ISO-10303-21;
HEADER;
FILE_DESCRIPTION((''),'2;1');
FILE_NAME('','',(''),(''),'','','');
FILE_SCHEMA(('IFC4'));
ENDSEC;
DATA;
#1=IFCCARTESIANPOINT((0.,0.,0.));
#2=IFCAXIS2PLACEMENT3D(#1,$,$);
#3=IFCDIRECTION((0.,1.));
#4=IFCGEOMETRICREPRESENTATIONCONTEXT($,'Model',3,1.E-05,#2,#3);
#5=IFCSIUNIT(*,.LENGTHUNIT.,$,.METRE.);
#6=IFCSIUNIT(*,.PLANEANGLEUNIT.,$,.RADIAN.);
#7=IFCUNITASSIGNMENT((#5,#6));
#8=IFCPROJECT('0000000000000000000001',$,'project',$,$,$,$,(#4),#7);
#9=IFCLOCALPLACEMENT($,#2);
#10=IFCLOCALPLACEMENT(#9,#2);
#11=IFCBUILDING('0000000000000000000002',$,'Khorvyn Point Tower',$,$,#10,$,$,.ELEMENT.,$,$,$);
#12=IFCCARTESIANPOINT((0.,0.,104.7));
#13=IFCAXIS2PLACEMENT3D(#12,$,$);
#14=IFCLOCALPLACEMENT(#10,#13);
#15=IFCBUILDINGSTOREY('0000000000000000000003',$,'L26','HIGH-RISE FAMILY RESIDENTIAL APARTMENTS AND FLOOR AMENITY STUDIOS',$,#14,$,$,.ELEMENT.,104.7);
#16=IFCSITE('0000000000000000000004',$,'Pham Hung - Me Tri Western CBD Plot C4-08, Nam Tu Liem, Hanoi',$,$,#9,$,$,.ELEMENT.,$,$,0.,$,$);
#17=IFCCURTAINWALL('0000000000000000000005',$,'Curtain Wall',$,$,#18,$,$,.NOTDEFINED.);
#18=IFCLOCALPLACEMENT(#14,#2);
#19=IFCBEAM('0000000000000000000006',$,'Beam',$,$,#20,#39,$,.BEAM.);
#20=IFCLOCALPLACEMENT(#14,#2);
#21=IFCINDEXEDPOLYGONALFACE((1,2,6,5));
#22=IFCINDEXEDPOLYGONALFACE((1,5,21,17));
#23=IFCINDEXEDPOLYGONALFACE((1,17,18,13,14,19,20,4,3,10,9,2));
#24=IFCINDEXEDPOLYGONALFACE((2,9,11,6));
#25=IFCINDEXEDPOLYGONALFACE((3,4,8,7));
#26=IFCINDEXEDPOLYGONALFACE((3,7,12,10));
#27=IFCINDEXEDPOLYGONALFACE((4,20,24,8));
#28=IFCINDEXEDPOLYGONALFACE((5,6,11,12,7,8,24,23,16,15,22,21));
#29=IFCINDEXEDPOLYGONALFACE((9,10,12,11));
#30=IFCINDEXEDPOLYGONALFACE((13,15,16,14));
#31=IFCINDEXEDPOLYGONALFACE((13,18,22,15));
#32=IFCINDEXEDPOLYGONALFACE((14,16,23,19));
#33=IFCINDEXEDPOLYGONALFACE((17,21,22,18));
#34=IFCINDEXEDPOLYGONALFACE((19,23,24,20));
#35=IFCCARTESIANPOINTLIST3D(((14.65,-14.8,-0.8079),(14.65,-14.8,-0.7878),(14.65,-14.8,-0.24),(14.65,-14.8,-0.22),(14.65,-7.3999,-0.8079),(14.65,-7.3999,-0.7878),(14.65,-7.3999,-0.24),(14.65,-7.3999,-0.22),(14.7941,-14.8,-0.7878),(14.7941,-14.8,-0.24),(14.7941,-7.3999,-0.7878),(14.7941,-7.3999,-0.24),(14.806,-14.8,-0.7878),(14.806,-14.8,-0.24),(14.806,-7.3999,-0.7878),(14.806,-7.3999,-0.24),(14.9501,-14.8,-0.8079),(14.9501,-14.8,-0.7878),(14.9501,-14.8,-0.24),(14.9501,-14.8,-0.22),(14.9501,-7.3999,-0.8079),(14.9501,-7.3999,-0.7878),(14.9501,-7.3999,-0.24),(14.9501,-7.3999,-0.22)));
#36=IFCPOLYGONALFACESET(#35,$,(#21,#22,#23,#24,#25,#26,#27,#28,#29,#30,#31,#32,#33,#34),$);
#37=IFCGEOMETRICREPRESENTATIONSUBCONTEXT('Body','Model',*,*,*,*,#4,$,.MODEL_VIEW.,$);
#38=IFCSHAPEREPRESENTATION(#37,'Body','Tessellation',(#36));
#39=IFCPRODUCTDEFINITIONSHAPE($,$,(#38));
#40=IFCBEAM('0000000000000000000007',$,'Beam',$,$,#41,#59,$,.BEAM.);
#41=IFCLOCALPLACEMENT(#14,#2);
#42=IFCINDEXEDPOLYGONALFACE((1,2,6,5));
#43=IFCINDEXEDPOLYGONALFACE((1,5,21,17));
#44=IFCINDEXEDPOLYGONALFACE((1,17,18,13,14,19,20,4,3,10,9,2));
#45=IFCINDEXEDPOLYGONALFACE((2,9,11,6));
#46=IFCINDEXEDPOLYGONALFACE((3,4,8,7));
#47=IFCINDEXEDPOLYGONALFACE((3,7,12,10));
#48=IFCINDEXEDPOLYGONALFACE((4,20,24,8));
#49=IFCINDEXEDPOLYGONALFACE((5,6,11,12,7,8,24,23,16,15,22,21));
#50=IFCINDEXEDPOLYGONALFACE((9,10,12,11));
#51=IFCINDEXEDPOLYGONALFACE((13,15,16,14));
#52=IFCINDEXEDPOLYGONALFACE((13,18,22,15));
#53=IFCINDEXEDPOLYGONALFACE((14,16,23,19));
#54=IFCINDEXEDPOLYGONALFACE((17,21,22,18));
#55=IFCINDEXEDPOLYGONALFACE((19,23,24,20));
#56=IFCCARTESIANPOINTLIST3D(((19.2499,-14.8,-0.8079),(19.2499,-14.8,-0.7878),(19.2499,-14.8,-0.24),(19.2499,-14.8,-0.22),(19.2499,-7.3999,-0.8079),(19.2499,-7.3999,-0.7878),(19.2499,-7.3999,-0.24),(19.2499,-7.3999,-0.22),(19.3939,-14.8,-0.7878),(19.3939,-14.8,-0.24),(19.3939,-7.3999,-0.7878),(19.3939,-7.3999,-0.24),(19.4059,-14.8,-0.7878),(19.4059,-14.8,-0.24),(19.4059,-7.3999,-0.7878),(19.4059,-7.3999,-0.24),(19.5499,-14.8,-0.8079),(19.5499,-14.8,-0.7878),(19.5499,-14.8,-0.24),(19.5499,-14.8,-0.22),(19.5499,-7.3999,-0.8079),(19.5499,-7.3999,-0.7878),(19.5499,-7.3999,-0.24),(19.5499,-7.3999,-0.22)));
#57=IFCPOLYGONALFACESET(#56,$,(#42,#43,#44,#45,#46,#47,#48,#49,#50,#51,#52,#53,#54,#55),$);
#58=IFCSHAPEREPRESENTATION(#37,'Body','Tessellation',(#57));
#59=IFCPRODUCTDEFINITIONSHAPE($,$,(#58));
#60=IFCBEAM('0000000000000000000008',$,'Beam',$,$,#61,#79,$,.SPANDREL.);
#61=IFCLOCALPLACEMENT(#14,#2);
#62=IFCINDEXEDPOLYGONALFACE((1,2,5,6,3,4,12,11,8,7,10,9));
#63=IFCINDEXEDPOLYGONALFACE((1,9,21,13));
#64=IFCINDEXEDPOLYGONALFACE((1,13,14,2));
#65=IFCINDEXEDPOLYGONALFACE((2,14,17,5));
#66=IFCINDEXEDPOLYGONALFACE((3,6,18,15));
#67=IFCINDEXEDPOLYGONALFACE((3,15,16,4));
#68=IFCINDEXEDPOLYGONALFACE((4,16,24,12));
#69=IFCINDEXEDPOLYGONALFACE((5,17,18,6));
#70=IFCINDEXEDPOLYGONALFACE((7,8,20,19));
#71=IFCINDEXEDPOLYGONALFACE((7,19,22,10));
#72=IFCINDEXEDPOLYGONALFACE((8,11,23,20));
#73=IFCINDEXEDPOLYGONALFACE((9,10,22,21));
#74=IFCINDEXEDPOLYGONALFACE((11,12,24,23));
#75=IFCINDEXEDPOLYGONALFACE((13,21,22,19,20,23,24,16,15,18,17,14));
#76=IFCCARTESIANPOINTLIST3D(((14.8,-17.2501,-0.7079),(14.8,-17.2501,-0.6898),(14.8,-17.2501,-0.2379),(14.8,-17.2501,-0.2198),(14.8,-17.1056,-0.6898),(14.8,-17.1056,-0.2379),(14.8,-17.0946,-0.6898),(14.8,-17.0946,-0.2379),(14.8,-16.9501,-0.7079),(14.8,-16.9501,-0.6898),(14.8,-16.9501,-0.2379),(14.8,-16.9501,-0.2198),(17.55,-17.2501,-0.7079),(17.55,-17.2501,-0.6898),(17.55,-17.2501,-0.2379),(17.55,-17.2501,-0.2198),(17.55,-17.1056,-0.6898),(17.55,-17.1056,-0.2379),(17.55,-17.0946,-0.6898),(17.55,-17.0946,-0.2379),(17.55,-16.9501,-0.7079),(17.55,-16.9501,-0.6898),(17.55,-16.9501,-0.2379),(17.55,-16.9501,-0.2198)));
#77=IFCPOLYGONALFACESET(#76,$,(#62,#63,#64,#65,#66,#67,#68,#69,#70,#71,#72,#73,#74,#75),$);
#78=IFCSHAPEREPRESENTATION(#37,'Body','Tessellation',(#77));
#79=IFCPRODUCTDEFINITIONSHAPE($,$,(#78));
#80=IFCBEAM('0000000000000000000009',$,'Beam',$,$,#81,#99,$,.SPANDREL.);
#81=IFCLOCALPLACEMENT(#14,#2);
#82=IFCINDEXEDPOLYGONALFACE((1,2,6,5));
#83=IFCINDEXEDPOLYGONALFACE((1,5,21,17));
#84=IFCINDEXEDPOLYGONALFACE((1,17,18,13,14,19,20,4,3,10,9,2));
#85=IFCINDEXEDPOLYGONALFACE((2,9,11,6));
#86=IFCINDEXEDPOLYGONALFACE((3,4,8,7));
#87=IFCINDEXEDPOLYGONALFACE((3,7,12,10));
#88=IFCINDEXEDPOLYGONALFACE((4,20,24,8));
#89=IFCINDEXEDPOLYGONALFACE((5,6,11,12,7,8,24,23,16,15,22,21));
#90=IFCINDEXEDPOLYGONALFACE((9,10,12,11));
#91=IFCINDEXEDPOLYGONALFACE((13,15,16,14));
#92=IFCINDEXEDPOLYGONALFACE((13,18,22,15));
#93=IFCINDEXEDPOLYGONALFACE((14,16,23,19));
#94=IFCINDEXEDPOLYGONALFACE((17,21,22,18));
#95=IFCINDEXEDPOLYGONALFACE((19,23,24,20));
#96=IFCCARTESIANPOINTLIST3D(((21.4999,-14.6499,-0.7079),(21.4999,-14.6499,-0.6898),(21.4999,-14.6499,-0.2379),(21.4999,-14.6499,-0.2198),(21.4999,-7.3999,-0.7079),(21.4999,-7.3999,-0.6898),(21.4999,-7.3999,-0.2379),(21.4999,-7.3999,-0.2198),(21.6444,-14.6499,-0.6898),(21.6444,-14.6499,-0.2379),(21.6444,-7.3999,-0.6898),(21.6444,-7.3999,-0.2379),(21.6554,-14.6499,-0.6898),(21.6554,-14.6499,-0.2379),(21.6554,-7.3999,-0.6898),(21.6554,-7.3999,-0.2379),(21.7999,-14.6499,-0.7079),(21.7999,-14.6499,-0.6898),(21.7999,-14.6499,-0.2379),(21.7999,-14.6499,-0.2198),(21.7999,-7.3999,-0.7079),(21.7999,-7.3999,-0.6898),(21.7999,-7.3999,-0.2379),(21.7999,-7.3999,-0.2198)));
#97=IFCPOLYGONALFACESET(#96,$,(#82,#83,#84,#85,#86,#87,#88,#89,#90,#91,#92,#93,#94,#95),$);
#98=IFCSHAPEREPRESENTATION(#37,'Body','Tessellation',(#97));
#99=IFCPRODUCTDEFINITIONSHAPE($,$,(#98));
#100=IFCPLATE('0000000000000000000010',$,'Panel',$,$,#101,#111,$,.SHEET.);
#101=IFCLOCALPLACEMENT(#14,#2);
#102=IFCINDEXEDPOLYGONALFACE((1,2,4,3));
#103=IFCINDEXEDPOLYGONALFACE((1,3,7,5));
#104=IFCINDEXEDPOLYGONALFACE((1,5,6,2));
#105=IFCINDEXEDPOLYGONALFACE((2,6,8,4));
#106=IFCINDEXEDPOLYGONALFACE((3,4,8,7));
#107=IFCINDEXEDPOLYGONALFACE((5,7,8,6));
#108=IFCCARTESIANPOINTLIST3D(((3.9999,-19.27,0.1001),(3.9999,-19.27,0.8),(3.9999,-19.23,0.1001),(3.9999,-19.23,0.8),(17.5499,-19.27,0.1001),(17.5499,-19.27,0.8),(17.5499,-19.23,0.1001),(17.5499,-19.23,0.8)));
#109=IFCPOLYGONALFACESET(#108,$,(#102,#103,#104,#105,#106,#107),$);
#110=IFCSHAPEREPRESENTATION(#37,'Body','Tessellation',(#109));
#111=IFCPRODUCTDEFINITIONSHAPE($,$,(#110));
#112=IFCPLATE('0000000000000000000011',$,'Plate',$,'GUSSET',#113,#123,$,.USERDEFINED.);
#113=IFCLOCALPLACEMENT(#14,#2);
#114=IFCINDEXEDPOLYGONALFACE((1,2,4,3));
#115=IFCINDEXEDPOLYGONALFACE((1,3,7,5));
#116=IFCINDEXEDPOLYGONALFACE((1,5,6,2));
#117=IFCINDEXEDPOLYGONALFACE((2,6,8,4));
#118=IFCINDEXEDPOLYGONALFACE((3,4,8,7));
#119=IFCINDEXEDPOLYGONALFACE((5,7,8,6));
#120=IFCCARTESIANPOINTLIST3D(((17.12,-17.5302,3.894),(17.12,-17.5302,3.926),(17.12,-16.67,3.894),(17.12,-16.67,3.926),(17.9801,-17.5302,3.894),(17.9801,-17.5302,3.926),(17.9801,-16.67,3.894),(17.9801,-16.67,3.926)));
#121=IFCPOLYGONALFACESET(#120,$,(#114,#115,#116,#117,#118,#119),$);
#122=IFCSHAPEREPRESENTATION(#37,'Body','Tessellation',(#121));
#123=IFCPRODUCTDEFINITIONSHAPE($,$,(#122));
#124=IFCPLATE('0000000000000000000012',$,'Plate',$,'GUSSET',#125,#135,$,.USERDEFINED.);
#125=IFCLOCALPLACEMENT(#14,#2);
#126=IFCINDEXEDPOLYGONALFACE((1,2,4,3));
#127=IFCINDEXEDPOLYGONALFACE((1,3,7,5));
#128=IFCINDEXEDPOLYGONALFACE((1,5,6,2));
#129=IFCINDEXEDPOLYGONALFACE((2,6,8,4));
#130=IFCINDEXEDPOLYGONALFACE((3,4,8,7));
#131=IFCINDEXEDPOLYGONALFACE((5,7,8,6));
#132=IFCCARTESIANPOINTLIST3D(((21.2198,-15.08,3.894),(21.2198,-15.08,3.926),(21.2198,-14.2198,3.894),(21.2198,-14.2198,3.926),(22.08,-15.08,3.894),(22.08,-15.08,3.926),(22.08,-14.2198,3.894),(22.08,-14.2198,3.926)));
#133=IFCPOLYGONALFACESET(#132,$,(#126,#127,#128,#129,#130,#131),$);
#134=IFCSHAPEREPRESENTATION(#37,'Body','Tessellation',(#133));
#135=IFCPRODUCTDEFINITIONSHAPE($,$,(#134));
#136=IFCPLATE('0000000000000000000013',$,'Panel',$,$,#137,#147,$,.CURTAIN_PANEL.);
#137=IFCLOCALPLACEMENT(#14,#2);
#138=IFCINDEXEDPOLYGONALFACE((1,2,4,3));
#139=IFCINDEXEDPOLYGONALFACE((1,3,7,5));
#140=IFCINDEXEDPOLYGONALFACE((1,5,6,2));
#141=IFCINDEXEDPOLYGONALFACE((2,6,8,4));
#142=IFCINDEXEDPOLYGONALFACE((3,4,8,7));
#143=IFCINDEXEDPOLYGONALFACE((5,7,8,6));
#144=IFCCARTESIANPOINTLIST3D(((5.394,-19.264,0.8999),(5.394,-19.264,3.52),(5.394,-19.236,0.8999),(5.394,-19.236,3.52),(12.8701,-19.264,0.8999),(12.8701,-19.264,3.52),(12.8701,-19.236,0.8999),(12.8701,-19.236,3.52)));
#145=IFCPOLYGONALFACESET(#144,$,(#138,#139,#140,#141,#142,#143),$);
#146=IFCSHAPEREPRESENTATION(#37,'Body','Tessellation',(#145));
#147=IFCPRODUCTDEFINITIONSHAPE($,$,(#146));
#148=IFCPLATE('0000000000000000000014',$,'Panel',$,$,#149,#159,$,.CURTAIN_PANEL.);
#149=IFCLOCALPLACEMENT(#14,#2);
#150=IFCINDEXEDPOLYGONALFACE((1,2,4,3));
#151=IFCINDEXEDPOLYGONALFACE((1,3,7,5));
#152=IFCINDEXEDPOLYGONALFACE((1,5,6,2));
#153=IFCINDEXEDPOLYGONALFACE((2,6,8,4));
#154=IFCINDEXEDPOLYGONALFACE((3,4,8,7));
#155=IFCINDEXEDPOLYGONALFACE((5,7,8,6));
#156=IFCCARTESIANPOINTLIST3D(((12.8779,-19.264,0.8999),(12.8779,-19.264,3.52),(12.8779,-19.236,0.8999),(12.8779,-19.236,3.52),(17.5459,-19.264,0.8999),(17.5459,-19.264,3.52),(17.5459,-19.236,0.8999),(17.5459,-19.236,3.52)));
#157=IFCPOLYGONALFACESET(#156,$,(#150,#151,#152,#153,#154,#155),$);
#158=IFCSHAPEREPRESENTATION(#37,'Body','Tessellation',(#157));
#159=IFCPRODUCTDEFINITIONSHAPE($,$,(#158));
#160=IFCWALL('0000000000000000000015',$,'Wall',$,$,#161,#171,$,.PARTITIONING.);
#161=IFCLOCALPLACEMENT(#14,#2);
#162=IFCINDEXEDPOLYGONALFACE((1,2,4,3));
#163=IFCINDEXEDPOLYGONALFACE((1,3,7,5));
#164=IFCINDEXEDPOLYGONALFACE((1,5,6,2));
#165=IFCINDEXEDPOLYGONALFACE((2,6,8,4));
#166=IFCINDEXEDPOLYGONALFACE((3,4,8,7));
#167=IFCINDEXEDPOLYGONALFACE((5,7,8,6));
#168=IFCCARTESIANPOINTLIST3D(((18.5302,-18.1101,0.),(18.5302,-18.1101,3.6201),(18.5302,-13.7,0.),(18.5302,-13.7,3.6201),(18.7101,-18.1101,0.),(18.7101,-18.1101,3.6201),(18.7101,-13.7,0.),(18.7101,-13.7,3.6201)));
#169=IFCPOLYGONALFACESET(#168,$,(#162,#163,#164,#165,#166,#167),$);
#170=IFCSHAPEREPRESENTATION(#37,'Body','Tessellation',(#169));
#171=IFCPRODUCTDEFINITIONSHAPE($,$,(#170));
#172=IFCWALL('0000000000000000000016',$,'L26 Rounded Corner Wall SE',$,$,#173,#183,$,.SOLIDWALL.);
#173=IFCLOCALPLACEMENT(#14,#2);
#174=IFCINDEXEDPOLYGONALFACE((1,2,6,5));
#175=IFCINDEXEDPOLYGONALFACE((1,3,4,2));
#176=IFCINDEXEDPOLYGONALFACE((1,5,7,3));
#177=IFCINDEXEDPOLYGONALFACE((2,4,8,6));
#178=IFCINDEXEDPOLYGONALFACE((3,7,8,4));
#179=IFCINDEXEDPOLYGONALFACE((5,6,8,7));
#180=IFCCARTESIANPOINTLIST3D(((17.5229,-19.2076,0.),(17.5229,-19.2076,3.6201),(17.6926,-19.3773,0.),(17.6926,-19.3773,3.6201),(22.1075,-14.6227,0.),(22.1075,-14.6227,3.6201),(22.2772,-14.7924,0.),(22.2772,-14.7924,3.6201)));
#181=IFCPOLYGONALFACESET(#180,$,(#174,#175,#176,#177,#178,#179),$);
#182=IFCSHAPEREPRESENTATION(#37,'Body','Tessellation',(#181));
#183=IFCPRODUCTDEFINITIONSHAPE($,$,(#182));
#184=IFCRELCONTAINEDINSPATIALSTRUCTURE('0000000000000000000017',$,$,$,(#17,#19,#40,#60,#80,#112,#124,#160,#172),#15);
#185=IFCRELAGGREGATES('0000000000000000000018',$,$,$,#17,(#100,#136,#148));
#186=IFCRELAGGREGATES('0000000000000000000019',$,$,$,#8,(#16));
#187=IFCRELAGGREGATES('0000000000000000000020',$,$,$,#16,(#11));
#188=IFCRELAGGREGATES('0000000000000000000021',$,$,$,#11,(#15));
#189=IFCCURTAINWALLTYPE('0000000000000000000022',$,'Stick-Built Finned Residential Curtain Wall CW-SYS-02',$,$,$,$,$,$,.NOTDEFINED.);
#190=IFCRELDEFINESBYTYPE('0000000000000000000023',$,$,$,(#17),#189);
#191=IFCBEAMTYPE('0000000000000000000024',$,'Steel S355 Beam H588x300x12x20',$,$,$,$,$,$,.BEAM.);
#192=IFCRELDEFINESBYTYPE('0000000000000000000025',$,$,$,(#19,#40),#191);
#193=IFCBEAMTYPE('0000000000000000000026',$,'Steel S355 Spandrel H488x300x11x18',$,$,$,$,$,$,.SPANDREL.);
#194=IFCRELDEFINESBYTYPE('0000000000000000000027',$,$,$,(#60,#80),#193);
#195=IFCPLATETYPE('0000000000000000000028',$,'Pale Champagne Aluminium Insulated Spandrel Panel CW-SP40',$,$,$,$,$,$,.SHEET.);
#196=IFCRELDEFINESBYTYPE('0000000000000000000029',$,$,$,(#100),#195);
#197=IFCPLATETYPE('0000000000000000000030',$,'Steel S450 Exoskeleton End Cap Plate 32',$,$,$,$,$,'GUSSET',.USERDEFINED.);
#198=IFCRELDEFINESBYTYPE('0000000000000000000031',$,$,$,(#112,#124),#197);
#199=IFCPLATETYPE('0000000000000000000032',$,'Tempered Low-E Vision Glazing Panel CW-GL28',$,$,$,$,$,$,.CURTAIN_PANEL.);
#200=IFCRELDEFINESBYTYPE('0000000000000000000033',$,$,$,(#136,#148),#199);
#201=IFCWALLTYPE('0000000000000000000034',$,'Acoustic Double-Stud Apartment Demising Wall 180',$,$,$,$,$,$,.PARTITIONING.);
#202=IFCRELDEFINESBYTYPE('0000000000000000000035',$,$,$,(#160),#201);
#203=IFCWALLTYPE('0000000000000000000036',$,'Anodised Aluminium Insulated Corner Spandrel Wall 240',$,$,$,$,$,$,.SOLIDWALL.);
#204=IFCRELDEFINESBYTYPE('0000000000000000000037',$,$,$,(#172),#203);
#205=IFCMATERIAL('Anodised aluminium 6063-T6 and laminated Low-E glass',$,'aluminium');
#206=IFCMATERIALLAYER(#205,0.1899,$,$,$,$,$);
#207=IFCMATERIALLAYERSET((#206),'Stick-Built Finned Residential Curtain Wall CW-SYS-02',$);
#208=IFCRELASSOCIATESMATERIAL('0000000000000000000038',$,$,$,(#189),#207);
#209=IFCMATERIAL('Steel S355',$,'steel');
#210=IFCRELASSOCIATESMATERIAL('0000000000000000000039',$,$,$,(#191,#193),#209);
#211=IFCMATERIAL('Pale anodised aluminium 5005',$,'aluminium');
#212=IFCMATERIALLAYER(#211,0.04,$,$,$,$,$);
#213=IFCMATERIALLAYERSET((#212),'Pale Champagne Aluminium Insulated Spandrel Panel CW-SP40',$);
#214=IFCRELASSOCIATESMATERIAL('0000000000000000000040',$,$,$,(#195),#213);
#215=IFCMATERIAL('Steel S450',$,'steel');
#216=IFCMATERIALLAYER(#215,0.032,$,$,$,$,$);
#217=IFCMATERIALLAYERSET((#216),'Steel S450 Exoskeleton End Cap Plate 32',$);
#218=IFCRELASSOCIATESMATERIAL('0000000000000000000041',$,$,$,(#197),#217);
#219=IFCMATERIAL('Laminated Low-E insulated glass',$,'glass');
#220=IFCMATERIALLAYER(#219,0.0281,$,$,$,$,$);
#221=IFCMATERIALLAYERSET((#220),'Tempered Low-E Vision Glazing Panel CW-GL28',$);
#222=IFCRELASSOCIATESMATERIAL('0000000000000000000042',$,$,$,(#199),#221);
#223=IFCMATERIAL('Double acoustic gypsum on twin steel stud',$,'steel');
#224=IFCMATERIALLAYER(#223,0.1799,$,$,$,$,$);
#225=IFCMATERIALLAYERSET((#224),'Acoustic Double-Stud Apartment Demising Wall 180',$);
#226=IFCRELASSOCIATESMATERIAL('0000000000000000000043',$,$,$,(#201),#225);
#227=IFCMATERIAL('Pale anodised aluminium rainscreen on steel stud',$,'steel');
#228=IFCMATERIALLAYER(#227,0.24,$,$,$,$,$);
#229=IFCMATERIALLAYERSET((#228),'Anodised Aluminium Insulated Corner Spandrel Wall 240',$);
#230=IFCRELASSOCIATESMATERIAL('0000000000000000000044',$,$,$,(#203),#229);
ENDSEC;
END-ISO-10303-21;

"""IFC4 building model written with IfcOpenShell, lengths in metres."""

from ifc_helpers import new_model, si_unit, direction, frame, frame_2d, origin, origin_2d, place, context, subcontext, project, spatial, rectangle, i_section, extrude, material, layer, layer_set, material_profile, profile_set, type_object, element, aggregate, save


model = new_model("IFC4")

# Units and contexts
model_context = context("Model", 3, precision=1e-05, world=origin(), true_north=direction((0.0, 1.0)))
body_context = subcontext(model_context, "Body", "Model", "MODEL_VIEW")
ifc_project = project(units=[si_unit("LENGTHUNIT", "METRE"), si_unit("PLANEANGLEUNIT", "RADIAN")], contexts=[model_context])

# Site, building, storey
site_placement = place(None, origin())
site = spatial("IfcSite", under=ifc_project, at=site_placement, Name="Pham Hung - Me Tri Western CBD Plot C4-08, Nam Tu Liem, Hanoi", CompositionType="ELEMENT", RefElevation=0.0)
building_placement = place(site_placement, origin())
building = spatial("IfcBuilding", under=site, at=building_placement, Name="Khorvyn Point Tower", CompositionType="ELEMENT")
storey_placement = place(building_placement, frame((0.0, 0.0, 104.7)))
storey = spatial("IfcBuildingStorey", under=building, at=storey_placement, Name="L26", Description="HIGH-RISE FAMILY RESIDENTIAL APARTMENTS AND FLOOR AMENITY STUDIOS", CompositionType="ELEMENT", Elevation=104.7)

# Shared definitions
ifc_material_1 = material(Name="Steel S450", Category="steel")

# Curtain wall
ifc_material_2 = material(Name="Anodised aluminium 6063-T6 and laminated Low-E glass", Category="aluminium")
ifc_layer_1 = layer(ifc_material_2, 0.1899)
ifc_layer_set_1 = layer_set([ifc_layer_1], Name="Stick-Built Finned Residential Curtain Wall CW-SYS-02")
curtain_wall_type = type_object("IfcCurtainWallType", Name="Stick-Built Finned Residential Curtain Wall CW-SYS-02", PredefinedType="NOTDEFINED", material=ifc_layer_set_1)
curtain_wall_1_placement = place(storey_placement, origin())
curtain_wall_1 = element("IfcCurtainWall", 1, at=curtain_wall_1_placement, inside=storey, type_object=curtain_wall_type, Name="Curtain Wall", PredefinedType="NOTDEFINED")

# Beams
ifc_material_3 = material(Name="Steel S355", Category="steel")
ifc_material_profile_1 = material_profile(ifc_material_3, i_section(OverallWidth=0.3, OverallDepth=0.5879, WebThickness=0.012, FlangeThickness=0.02, at=origin_2d()))
ifc_profile_set_1 = profile_set([ifc_material_profile_1], Name="Steel S355 H588x300x12x20")
beam_type_1 = type_object("IfcBeamType", Name="Steel S355 Beam H588x300x12x20", PredefinedType="BEAM", material=ifc_profile_set_1)
for number, where, z_axis, x_axis, name in (
    (2, (14.8, -14.8, -0.5139), (0.0, 1.0, 0.0), (-1.0, 0.0, 0.0), "Beam"),
    (3, (19.3999, -14.8, -0.5139), (0.0, 1.0, 0.0), (-1.0, 0.0, 0.0), "Beam"),
):
    element("IfcBeam", number, at=place(storey_placement, frame(where, z_axis=z_axis, x_axis=x_axis)), inside=storey, type_object=beam_type_1, Name=name, PredefinedType="BEAM", context=body_context, shape_type="SweptSolid", body=[
        extrude(i_section(OverallWidth=0.3, OverallDepth=0.5879, WebThickness=0.012, FlangeThickness=0.02, at=origin_2d()), origin(), (0.0, 0.0, 1.0), 7.4001),
    ])
ifc_material_profile_2 = material_profile(ifc_material_3, i_section(OverallWidth=0.3, OverallDepth=0.488, WebThickness=0.011, FlangeThickness=0.0181, at=origin_2d()))
ifc_profile_set_2 = profile_set([ifc_material_profile_2], Name="Steel S355 H488x300x11x18")
beam_type_2 = type_object("IfcBeamType", Name="Steel S355 Spandrel H488x300x11x18", PredefinedType="SPANDREL", material=ifc_profile_set_2)
beam_1_placement = place(storey_placement, frame((14.8, -17.1001, -0.4639), z_axis=(1.0, 0.0, 0.0), x_axis=(0.0, 1.0, 0.0)))
element("IfcBeam", 4, at=beam_1_placement, inside=storey, type_object=beam_type_2, Name="Beam", PredefinedType="SPANDREL", context=body_context, shape_type="SweptSolid", body=[
    extrude(i_section(OverallWidth=0.3, OverallDepth=0.488, WebThickness=0.011, FlangeThickness=0.0181, at=origin_2d()), origin(), (0.0, 0.0, 1.0), 2.75),
])
beam_2_placement = place(storey_placement, frame((21.6499, -14.6499, -0.4639), z_axis=(0.0, 1.0, 0.0), x_axis=(-1.0, 0.0, 0.0)))
element("IfcBeam", 5, at=beam_2_placement, inside=storey, type_object=beam_type_2, Name="Beam", PredefinedType="SPANDREL", context=body_context, shape_type="SweptSolid", body=[
    extrude(i_section(OverallWidth=0.3, OverallDepth=0.488, WebThickness=0.011, FlangeThickness=0.0181, at=origin_2d()), origin(), (0.0, 0.0, 1.0), 7.25),
])

# Plate
ifc_material_4 = material(Name="Pale anodised aluminium 5005", Category="aluminium")
ifc_layer_2 = layer(ifc_material_4, 0.04)
ifc_layer_set_2 = layer_set([ifc_layer_2], Name="Pale Champagne Aluminium Insulated Spandrel Panel CW-SP40")
plate_type_1 = type_object("IfcPlateType", Name="Pale Champagne Aluminium Insulated Spandrel Panel CW-SP40", PredefinedType="SHEET", material=ifc_layer_set_2)
plate_1_placement = place(storey_placement, frame((10.7749, -19.25, 0.1001), z_axis=(0.0, 0.0, 1.0), x_axis=(-1.0, 0.0, 0.0)))
plate_1 = element("IfcPlate", 6, at=plate_1_placement, type_object=plate_type_1, Name="Panel", PredefinedType="SHEET", context=body_context, shape_type="SweptSolid", body=[
    extrude(rectangle(XDim=13.55, YDim=0.04, at=origin_2d()), origin(), (0.0, 0.0, 1.0), 0.7),
])

# Plates
ifc_layer_3 = layer(ifc_material_1, 0.032)
ifc_layer_set_3 = layer_set([ifc_layer_3], Name="Steel S450 Exoskeleton End Cap Plate 32")
plate_type_2 = type_object("IfcPlateType", Name="Steel S450 Exoskeleton End Cap Plate 32", ElementType="GUSSET", PredefinedType="USERDEFINED", material=ifc_layer_set_3)
for number, where, z_axis, x_axis, name in (
    (7, (17.55, -17.1001, 3.894), (0.0, 0.0, 1.0), (1.0, 0.0, 0.0), "Plate"),
    (8, (21.6499, -14.6499, 3.894), (0.0, 0.0, 1.0), (1.0, 0.0, 0.0), "Plate"),
):
    element("IfcPlate", number, at=place(storey_placement, frame(where, z_axis=z_axis, x_axis=x_axis)), inside=storey, type_object=plate_type_2, Name=name, ObjectType="GUSSET", PredefinedType="USERDEFINED", context=body_context, shape_type="SweptSolid", body=[
        extrude(rectangle(XDim=0.8601, YDim=0.8601, at=origin_2d()), origin(), (0.0, 0.0, 1.0), 0.032),
    ])

# Plates
ifc_material_5 = material(Name="Laminated Low-E insulated glass", Category="glass")
ifc_layer_4 = layer(ifc_material_5, 0.0281)
ifc_layer_set_4 = layer_set([ifc_layer_4], Name="Tempered Low-E Vision Glazing Panel CW-GL28")
plate_type_3 = type_object("IfcPlateType", Name="Tempered Low-E Vision Glazing Panel CW-GL28", PredefinedType="CURTAIN_PANEL", material=ifc_layer_set_4)
plate_2_placement = place(storey_placement, frame((9.1321, -19.25, 0.8999), z_axis=(0.0, 0.0, 1.0), x_axis=(-1.0, 0.0, 0.0)))
plate_2 = element("IfcPlate", 9, at=plate_2_placement, type_object=plate_type_3, Name="Panel", PredefinedType="CURTAIN_PANEL", context=body_context, shape_type="SweptSolid", body=[
    extrude(rectangle(XDim=7.4761, YDim=0.0281, at=origin_2d()), origin(), (0.0, 0.0, 1.0), 2.6201),
])
plate_3_placement = place(storey_placement, frame((15.2119, -19.25, 0.8999), z_axis=(0.0, 0.0, 1.0), x_axis=(-1.0, 0.0, 0.0)))
plate_3 = element("IfcPlate", 10, at=plate_3_placement, type_object=plate_type_3, Name="Panel", PredefinedType="CURTAIN_PANEL", context=body_context, shape_type="SweptSolid", body=[
    extrude(rectangle(XDim=4.668, YDim=0.0281, at=origin_2d()), origin(), (0.0, 0.0, 1.0), 2.6201),
])
aggregate(curtain_wall_1, [plate_1, plate_2, plate_3])

# Walls
ifc_material_6 = material(Name="Double acoustic gypsum on twin steel stud", Category="steel")
ifc_layer_5 = layer(ifc_material_6, 0.1799)
ifc_layer_set_5 = layer_set([ifc_layer_5], Name="Acoustic Double-Stud Apartment Demising Wall 180")
wall_type_1 = type_object("IfcWallType", Name="Acoustic Double-Stud Apartment Demising Wall 180", PredefinedType="PARTITIONING", material=ifc_layer_set_5)
wall_1_placement = place(storey_placement, frame((18.6201, -18.1101, 0.0), z_axis=(0.0, 0.0, 1.0), x_axis=(0.0, 1.0, 0.0)))
element("IfcWall", 11, at=wall_1_placement, inside=storey, type_object=wall_type_1, Name="Wall", PredefinedType="PARTITIONING", context=body_context, shape_type="SweptSolid", body=[
    extrude(rectangle(XDim=4.4102, YDim=0.1799, at=frame_2d((2.2051, 0.0))), origin(), (0.0, 0.0, 1.0), 3.6201),
])
ifc_material_7 = material(Name="Pale anodised aluminium rainscreen on steel stud", Category="steel")
ifc_layer_6 = layer(ifc_material_7, 0.24)
ifc_layer_set_6 = layer_set([ifc_layer_6], Name="Anodised Aluminium Insulated Corner Spandrel Wall 240")
wall_type_2 = type_object("IfcWallType", Name="Anodised Aluminium Insulated Corner Spandrel Wall 240", PredefinedType="SOLIDWALL", material=ifc_layer_set_6)
wall_2_placement = place(storey_placement, frame((22.1924, -14.7075, 0.0), z_axis=(0.0, 0.0, 1.0), x_axis=(-0.707088, -0.707126, 0.0)))
element("IfcWall", 12, at=wall_2_placement, inside=storey, type_object=wall_type_2, Name="L26 Rounded Corner Wall SE", PredefinedType="SOLIDWALL", context=body_context, shape_type="SweptSolid", body=[
    extrude(rectangle(XDim=6.4839, YDim=0.24, at=frame_2d((3.2419, 0.0))), origin(), (0.0, 0.0, 1.0), 3.6201),
])

save(model, "model.ifc")
